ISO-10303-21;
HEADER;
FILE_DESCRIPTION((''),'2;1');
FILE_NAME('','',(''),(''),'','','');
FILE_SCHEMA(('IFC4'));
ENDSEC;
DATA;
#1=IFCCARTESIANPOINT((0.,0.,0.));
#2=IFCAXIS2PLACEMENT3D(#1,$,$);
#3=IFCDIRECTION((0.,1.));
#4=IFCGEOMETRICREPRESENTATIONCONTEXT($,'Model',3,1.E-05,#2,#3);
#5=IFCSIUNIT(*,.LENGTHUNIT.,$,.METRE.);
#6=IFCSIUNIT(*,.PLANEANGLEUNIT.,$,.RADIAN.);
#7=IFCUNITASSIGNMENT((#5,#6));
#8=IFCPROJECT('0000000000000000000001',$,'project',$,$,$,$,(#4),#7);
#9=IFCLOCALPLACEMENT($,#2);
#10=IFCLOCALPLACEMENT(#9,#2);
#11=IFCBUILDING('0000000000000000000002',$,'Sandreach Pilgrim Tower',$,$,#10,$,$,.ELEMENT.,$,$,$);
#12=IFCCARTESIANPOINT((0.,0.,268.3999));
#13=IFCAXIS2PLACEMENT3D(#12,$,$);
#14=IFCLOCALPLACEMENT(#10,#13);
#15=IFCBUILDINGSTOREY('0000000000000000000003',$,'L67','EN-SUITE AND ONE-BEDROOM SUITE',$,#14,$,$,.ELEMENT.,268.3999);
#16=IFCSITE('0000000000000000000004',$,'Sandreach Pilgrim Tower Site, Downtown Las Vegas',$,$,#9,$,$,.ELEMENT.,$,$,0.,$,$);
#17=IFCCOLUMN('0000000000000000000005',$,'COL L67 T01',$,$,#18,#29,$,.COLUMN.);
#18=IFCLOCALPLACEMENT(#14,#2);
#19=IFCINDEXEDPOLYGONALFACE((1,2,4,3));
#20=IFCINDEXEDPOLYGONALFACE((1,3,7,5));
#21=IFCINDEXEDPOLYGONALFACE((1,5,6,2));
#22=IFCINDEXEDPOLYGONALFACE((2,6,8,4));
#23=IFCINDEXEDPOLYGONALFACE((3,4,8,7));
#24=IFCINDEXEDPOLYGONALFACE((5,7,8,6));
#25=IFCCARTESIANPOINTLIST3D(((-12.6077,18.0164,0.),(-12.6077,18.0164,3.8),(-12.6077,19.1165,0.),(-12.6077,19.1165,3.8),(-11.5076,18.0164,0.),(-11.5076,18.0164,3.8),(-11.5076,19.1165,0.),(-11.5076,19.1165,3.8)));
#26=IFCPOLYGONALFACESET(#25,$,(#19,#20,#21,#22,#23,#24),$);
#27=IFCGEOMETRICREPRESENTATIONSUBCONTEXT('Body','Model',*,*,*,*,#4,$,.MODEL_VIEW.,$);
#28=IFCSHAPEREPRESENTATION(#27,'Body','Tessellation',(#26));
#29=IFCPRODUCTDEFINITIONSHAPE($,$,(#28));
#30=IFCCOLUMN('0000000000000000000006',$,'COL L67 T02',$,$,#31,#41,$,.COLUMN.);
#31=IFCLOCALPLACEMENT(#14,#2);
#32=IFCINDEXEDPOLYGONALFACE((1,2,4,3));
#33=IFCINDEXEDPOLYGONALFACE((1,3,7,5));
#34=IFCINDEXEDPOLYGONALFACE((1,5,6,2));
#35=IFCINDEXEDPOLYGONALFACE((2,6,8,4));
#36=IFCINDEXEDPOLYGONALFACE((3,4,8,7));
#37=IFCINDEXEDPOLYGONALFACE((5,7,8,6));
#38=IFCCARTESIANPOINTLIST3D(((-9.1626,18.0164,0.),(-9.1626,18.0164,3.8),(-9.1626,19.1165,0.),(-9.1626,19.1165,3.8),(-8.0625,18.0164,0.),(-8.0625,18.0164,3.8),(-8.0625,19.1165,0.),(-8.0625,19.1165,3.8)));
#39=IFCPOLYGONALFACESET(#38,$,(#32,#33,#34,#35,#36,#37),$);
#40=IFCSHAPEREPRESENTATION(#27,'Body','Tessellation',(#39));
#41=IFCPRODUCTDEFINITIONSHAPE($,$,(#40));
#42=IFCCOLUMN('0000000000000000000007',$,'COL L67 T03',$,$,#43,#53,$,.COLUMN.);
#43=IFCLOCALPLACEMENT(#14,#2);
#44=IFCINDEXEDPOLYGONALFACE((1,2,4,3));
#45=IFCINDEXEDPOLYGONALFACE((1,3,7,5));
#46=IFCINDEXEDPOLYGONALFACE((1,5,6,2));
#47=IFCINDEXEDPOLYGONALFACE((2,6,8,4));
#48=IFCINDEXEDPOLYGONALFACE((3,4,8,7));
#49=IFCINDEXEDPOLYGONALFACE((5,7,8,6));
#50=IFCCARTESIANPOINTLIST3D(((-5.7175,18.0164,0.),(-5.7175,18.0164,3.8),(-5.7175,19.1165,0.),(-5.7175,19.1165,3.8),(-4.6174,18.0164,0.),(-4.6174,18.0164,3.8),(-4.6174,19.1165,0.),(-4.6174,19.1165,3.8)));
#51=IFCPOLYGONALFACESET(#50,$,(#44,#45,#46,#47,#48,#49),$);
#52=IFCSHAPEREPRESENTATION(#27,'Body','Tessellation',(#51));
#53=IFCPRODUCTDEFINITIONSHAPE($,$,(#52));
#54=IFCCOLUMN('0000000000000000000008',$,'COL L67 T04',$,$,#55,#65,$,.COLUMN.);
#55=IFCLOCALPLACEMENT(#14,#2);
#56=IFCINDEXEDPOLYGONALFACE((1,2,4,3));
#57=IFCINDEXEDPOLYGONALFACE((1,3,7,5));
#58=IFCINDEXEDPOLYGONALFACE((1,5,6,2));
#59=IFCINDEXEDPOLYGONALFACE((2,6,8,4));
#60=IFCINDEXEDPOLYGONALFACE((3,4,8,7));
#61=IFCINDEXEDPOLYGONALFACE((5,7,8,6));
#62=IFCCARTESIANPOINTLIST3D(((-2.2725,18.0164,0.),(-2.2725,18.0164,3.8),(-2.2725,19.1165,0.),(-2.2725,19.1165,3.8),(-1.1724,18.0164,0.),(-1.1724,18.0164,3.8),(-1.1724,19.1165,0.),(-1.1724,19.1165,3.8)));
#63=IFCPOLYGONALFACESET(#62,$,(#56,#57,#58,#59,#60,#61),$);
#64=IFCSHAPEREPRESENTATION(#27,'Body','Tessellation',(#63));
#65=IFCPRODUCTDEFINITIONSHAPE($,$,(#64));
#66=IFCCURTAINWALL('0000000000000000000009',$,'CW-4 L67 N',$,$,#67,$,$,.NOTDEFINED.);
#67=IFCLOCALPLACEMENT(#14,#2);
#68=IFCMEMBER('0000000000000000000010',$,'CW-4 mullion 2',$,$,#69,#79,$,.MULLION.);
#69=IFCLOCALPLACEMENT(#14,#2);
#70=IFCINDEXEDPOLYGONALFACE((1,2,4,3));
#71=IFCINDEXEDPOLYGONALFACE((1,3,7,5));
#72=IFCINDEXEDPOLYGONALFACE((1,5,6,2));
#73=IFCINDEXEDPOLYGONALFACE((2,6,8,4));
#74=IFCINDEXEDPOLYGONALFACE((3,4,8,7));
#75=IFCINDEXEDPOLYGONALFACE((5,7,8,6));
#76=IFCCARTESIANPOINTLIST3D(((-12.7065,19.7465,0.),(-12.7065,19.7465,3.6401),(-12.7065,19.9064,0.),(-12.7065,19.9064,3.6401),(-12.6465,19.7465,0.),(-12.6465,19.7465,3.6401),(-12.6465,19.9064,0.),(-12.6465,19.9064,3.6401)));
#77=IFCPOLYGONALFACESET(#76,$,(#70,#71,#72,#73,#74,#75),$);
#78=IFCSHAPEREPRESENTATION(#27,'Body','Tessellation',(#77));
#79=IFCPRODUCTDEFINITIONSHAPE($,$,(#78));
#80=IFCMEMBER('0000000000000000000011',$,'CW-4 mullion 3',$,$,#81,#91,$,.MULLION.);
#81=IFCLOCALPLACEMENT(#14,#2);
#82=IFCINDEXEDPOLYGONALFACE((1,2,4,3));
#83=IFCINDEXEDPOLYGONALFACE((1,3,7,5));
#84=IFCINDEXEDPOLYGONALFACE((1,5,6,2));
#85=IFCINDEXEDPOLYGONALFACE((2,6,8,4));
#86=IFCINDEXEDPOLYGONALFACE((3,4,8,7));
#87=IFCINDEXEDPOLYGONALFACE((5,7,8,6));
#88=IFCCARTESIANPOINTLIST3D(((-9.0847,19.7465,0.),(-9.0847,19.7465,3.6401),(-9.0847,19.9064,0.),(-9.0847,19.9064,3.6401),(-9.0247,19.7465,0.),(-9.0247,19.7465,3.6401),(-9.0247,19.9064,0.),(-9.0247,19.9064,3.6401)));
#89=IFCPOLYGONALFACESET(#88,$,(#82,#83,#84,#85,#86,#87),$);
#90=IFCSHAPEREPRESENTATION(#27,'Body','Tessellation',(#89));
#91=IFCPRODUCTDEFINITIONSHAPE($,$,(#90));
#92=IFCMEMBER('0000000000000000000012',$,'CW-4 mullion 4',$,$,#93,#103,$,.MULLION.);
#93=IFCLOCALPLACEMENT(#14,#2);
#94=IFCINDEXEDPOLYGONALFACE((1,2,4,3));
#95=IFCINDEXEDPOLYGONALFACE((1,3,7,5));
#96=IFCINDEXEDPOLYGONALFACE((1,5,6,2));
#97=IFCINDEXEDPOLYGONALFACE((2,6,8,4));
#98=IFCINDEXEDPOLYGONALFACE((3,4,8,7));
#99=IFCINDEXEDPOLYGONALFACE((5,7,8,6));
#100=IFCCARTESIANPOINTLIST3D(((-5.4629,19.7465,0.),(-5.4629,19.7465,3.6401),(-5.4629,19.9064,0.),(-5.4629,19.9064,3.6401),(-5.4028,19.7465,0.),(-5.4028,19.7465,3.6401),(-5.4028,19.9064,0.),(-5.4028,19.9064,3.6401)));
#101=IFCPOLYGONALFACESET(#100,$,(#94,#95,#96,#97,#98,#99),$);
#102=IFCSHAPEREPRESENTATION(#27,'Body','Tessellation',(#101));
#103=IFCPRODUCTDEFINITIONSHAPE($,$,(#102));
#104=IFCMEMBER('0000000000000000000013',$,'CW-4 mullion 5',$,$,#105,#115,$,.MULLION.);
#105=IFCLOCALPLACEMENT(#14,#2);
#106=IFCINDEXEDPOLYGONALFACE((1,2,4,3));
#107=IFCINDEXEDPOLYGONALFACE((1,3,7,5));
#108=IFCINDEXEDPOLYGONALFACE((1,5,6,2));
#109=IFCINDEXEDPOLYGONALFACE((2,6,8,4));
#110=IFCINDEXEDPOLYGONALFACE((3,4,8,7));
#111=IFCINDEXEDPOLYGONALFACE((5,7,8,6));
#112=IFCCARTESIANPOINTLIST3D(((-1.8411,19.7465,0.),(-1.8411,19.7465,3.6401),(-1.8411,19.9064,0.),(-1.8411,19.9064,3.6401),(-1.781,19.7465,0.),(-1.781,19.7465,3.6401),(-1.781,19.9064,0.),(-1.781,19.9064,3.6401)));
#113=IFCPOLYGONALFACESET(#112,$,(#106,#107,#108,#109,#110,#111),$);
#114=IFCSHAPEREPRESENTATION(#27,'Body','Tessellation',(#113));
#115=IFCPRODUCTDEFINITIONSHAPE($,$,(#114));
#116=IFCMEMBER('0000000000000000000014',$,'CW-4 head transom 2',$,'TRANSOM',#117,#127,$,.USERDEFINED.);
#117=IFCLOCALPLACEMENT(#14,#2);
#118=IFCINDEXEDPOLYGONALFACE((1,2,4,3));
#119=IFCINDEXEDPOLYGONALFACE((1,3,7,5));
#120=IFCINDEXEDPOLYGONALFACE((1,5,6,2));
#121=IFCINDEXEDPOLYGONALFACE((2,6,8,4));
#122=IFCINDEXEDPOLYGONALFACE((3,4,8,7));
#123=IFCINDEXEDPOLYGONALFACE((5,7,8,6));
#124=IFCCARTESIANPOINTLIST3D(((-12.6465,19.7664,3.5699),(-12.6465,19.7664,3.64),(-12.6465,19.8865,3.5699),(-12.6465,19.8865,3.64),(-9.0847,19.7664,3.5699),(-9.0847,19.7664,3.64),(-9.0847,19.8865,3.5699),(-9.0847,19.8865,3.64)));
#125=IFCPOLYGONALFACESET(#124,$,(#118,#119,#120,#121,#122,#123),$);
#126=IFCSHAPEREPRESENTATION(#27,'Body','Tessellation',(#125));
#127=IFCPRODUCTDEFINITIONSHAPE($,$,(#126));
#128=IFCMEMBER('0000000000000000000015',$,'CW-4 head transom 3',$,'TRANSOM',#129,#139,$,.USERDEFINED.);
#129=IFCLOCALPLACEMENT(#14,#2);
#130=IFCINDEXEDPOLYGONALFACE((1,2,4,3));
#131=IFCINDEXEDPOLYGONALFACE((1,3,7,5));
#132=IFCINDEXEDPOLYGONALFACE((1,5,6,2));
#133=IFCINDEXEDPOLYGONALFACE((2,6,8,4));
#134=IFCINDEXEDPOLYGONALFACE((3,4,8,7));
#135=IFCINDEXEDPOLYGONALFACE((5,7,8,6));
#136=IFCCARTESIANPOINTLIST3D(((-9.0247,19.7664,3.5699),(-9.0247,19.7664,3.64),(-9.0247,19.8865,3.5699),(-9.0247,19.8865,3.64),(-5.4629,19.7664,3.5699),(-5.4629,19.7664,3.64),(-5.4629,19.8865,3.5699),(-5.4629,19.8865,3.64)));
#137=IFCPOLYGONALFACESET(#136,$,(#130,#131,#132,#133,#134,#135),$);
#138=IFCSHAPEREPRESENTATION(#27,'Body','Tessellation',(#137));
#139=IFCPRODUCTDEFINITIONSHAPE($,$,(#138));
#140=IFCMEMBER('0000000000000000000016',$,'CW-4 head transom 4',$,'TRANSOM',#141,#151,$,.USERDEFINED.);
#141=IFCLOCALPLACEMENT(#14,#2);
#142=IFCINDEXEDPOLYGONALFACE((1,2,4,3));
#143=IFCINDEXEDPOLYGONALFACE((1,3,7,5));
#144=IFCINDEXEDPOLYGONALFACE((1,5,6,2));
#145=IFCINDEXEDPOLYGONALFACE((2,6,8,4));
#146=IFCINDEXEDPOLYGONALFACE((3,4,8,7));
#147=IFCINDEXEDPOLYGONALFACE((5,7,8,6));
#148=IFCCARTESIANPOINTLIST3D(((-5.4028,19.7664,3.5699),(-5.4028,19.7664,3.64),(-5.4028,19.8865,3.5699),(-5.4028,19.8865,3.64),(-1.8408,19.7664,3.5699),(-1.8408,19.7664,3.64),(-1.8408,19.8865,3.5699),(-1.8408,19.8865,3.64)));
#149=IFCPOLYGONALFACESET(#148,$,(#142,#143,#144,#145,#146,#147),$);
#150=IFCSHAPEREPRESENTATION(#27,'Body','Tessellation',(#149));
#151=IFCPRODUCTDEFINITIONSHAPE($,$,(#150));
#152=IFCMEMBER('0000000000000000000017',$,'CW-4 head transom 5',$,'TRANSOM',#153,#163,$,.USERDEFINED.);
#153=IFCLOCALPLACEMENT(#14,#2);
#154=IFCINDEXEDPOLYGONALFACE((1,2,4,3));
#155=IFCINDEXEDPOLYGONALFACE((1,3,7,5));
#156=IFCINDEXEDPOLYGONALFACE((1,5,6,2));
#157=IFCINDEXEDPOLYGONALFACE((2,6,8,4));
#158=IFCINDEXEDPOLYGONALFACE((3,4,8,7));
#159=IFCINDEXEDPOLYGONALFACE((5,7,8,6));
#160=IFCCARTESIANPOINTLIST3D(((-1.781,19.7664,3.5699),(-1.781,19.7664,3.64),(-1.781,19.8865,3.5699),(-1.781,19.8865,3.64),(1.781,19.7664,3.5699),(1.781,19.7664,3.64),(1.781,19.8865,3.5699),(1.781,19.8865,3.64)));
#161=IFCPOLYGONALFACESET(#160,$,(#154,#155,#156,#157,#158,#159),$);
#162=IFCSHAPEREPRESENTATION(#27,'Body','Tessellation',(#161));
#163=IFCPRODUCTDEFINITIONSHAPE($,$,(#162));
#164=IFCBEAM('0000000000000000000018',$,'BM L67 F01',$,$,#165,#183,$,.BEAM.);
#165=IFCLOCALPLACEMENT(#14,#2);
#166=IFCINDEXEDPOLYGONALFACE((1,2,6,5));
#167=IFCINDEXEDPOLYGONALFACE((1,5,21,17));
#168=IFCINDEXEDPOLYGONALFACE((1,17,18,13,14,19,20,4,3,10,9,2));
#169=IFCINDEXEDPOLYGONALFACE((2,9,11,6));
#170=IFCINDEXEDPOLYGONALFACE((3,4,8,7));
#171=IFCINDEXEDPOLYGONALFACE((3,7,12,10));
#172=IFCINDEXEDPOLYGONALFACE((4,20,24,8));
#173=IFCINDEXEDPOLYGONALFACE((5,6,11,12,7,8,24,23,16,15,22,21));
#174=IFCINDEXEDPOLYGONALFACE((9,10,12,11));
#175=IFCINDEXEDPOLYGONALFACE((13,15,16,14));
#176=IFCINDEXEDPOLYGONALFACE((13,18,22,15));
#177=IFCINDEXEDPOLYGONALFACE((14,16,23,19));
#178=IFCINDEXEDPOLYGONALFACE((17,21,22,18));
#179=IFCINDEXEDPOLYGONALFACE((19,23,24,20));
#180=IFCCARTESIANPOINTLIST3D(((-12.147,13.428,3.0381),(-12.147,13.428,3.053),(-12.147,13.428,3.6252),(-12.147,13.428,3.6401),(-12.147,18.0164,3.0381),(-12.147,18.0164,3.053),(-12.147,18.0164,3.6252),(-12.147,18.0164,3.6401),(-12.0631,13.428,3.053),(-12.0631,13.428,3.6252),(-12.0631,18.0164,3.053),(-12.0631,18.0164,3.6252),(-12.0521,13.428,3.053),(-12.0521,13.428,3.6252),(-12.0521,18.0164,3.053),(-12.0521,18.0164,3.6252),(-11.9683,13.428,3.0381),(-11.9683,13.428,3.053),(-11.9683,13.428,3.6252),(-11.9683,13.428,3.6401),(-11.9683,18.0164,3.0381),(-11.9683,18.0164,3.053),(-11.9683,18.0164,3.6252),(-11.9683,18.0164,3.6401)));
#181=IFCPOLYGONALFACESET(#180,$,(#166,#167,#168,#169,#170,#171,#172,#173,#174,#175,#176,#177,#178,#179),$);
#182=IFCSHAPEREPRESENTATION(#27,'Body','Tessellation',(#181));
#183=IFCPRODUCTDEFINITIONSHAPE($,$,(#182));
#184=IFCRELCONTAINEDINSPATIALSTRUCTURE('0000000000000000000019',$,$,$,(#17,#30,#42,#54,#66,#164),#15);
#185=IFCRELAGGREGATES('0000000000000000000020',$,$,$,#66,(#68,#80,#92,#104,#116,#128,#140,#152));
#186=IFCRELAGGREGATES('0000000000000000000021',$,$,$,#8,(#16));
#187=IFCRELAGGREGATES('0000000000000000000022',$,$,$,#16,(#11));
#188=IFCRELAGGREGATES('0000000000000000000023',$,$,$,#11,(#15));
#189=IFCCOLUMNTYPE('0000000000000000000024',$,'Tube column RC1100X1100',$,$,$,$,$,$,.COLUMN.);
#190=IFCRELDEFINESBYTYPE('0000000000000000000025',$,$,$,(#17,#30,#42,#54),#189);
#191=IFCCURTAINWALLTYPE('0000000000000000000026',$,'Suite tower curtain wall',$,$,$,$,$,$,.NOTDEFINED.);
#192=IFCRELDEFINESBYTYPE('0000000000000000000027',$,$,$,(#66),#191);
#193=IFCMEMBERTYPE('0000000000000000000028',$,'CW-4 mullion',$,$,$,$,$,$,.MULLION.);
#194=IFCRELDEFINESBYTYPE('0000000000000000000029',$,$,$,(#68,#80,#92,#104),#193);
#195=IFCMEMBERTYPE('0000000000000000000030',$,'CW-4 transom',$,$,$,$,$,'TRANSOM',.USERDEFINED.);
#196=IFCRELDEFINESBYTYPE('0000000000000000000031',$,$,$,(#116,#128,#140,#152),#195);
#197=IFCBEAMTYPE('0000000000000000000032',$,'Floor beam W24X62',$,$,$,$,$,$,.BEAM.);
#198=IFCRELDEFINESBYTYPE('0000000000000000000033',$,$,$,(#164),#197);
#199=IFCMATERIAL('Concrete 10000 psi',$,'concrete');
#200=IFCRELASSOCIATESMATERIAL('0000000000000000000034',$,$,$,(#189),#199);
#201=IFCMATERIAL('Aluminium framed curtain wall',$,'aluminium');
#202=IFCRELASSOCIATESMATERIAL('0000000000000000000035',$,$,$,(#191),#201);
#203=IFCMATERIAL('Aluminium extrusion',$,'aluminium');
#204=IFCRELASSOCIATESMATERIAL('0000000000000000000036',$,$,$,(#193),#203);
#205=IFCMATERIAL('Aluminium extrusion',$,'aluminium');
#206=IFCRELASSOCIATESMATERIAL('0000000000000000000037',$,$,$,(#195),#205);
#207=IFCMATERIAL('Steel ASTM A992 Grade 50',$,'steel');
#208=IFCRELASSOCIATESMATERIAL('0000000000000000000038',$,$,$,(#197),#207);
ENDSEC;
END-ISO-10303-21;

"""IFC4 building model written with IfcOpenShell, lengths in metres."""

from ifc_helpers import new_model, si_unit, direction, frame, origin, origin_2d, place, context, subcontext, project, spatial, rectangle, i_section, extrude, material, material_profile, profile_set, type_object, element, aggregate, save


model = new_model("IFC4")

# Units and contexts
model_context = context("Model", 3, precision=1e-05, world=origin(), true_north=direction((0.0, 1.0)))
body_context = subcontext(model_context, "Body", "Model", "MODEL_VIEW")
ifc_project = project(units=[si_unit("LENGTHUNIT", "METRE"), si_unit("PLANEANGLEUNIT", "RADIAN")], contexts=[model_context])

# Site, building, storey
site_placement = place(None, origin())
site = spatial("IfcSite", under=ifc_project, at=site_placement, Name="Sandreach Pilgrim Tower Site, Downtown Las Vegas", CompositionType="ELEMENT", RefElevation=0.0)
building_placement = place(site_placement, origin())
building = spatial("IfcBuilding", under=site, at=building_placement, Name="Sandreach Pilgrim Tower", CompositionType="ELEMENT")
storey_placement = place(building_placement, frame((0.0, 0.0, 268.3999)))
storey = spatial("IfcBuildingStorey", under=building, at=storey_placement, Name="L67", Description="EN-SUITE AND ONE-BEDROOM SUITE", CompositionType="ELEMENT", Elevation=268.3999)

# Columns
ifc_material_1 = material(Name="Concrete 10000 psi", Category="concrete")
ifc_material_profile_1 = material_profile(ifc_material_1, rectangle(XDim=1.1001, YDim=1.1001, at=origin_2d()), Name="RC1100X1100")
ifc_profile_set_1 = profile_set([ifc_material_profile_1], Name="Concrete 10000 psi")
column_type = type_object("IfcColumnType", Name="Tube column RC1100X1100", PredefinedType="COLUMN", material=ifc_profile_set_1)
for number, where, z_axis, x_axis, name in (
    (1, (-12.0576, 18.5664, 0.0), (0.0, 0.0, 1.0), (0.0, 1.0, 0.0), "COL L67 T01"),
    (2, (-8.6125, 18.5664, 0.0), (0.0, 0.0, 1.0), (0.0, 1.0, 0.0), "COL L67 T02"),
    (3, (-5.1675, 18.5664, 0.0), (0.0, 0.0, 1.0), (0.0, 1.0, 0.0), "COL L67 T03"),
    (4, (-1.7224, 18.5664, 0.0), (0.0, 0.0, 1.0), (0.0, 1.0, 0.0), "COL L67 T04"),
):
    element("IfcColumn", number, at=place(storey_placement, frame(where, z_axis=z_axis, x_axis=x_axis)), inside=storey, type_object=column_type, Name=name, PredefinedType="COLUMN", context=body_context, shape_type="SweptSolid", body=[
        extrude(rectangle(XDim=1.1001, YDim=1.1001, at=origin_2d()), origin(), (0.0, 0.0, 1.0), 3.8),
    ])

# Curtain wall, members
ifc_material_2 = material(Name="Aluminium framed curtain wall", Category="aluminium")
curtain_wall_type = type_object("IfcCurtainWallType", Name="Suite tower curtain wall", PredefinedType="NOTDEFINED", material=ifc_material_2)
curtain_wall_placement = place(storey_placement, origin())
curtain_wall = element("IfcCurtainWall", 5, at=curtain_wall_placement, inside=storey, type_object=curtain_wall_type, Name="CW-4 L67 N", PredefinedType="NOTDEFINED")
ifc_material_3 = material(Name="Aluminium extrusion", Category="aluminium")
ifc_material_profile_2 = material_profile(ifc_material_3, rectangle(XDim=0.0601, YDim=0.1599, at=origin_2d()), Name="CW-4M 60X160")
ifc_profile_set_2 = profile_set([ifc_material_profile_2], Name="Aluminium extrusion")
member_type_1 = type_object("IfcMemberType", Name="CW-4 mullion", PredefinedType="MULLION", material=ifc_profile_set_2)
member_1_placement = place(storey_placement, frame((-12.6765, 19.8264, 0.0), z_axis=(0.0, 0.0, 1.0), x_axis=(1.0, 0.0, 0.0)))
member_1 = element("IfcMember", 6, at=member_1_placement, type_object=member_type_1, Name="CW-4 mullion 2", PredefinedType="MULLION", context=body_context, shape_type="SweptSolid", body=[
    extrude(rectangle(XDim=0.0601, YDim=0.1599, at=origin_2d()), origin(), (0.0, 0.0, 1.0), 3.6401),
])
member_2_placement = place(storey_placement, frame((-9.0547, 19.8264, 0.0), z_axis=(0.0, 0.0, 1.0), x_axis=(1.0, 0.0, 0.0)))
member_2 = element("IfcMember", 7, at=member_2_placement, type_object=member_type_1, Name="CW-4 mullion 3", PredefinedType="MULLION", context=body_context, shape_type="SweptSolid", body=[
    extrude(rectangle(XDim=0.0601, YDim=0.1599, at=origin_2d()), origin(), (0.0, 0.0, 1.0), 3.6401),
])
member_3_placement = place(storey_placement, frame((-5.4329, 19.8264, 0.0), z_axis=(0.0, 0.0, 1.0), x_axis=(1.0, 0.0, 0.0)))
member_3 = element("IfcMember", 8, at=member_3_placement, type_object=member_type_1, Name="CW-4 mullion 4", PredefinedType="MULLION", context=body_context, shape_type="SweptSolid", body=[
    extrude(rectangle(XDim=0.0601, YDim=0.1599, at=origin_2d()), origin(), (0.0, 0.0, 1.0), 3.6401),
])
member_4_placement = place(storey_placement, frame((-1.811, 19.8264, 0.0), z_axis=(0.0, 0.0, 1.0), x_axis=(1.0, 0.0, 0.0)))
member_4 = element("IfcMember", 9, at=member_4_placement, type_object=member_type_1, Name="CW-4 mullion 5", PredefinedType="MULLION", context=body_context, shape_type="SweptSolid", body=[
    extrude(rectangle(XDim=0.0601, YDim=0.1599, at=origin_2d()), origin(), (0.0, 0.0, 1.0), 3.6401),
])
ifc_material_4 = material(Name="Aluminium extrusion", Category="aluminium")
ifc_material_profile_3 = material_profile(ifc_material_4, rectangle(XDim=0.1201, YDim=0.0701, at=origin_2d()), Name="CW-4T 120X70")
ifc_profile_set_3 = profile_set([ifc_material_profile_3], Name="Aluminium extrusion")
member_type_2 = type_object("IfcMemberType", Name="CW-4 transom", ElementType="TRANSOM", PredefinedType="USERDEFINED", material=ifc_profile_set_3)
member_5_placement = place(storey_placement, frame((-12.6465, 19.8264, 3.605), z_axis=(1.0, 0.0, 0.0), x_axis=(0.0, 1.0, 0.0)))
member_5 = element("IfcMember", 10, at=member_5_placement, type_object=member_type_2, Name="CW-4 head transom 2", ObjectType="TRANSOM", PredefinedType="USERDEFINED", context=body_context, shape_type="SweptSolid", body=[
    extrude(rectangle(XDim=0.1201, YDim=0.0701, at=origin_2d()), origin(), (0.0, 0.0, 1.0), 3.5618),
])
member_6_placement = place(storey_placement, frame((-9.0247, 19.8264, 3.605), z_axis=(1.0, 0.0, 0.0), x_axis=(0.0, 1.0, 0.0)))
member_6 = element("IfcMember", 11, at=member_6_placement, type_object=member_type_2, Name="CW-4 head transom 3", ObjectType="TRANSOM", PredefinedType="USERDEFINED", context=body_context, shape_type="SweptSolid", body=[
    extrude(rectangle(XDim=0.1201, YDim=0.0701, at=origin_2d()), origin(), (0.0, 0.0, 1.0), 3.5618),
])
member_7_placement = place(storey_placement, frame((-5.4028, 19.8264, 3.605), z_axis=(1.0, 0.0, 0.0), x_axis=(0.0, 1.0, 0.0)))
member_7 = element("IfcMember", 12, at=member_7_placement, type_object=member_type_2, Name="CW-4 head transom 4", ObjectType="TRANSOM", PredefinedType="USERDEFINED", context=body_context, shape_type="SweptSolid", body=[
    extrude(rectangle(XDim=0.1201, YDim=0.0701, at=origin_2d()), origin(), (0.0, 0.0, 1.0), 3.562),
])
member_8_placement = place(storey_placement, frame((-1.781, 19.8264, 3.605), z_axis=(1.0, 0.0, 0.0), x_axis=(0.0, 1.0, 0.0)))
member_8 = element("IfcMember", 13, at=member_8_placement, type_object=member_type_2, Name="CW-4 head transom 5", ObjectType="TRANSOM", PredefinedType="USERDEFINED", context=body_context, shape_type="SweptSolid", body=[
    extrude(rectangle(XDim=0.1201, YDim=0.0701, at=origin_2d()), origin(), (0.0, 0.0, 1.0), 3.562),
])

# Beam
ifc_material_5 = material(Name="Steel ASTM A992 Grade 50", Category="steel")
ifc_material_profile_4 = material_profile(ifc_material_5, i_section(OverallWidth=0.1787, OverallDepth=0.6021, WebThickness=0.011, FlangeThickness=0.0149, at=origin_2d()), Name="W24X62")
ifc_profile_set_4 = profile_set([ifc_material_profile_4], Name="Steel ASTM A992 Grade 50")
beam_type_1 = type_object("IfcBeamType", Name="Floor beam W24X62", PredefinedType="BEAM", material=ifc_profile_set_4)
beam_1_placement = place(storey_placement, frame((-12.0576, 18.0164, 3.3391), z_axis=(0.0, -1.0, 0.0), x_axis=(1.0, 0.0, 0.0)))
element("IfcBeam", 14, at=beam_1_placement, inside=storey, type_object=beam_type_1, Name="BM L67 F01", PredefinedType="BEAM", context=body_context, shape_type="SweptSolid", body=[
    extrude(i_section(OverallWidth=0.1787, OverallDepth=0.6021, WebThickness=0.011, FlangeThickness=0.0149, at=origin_2d()), origin(), (0.0, 0.0, 1.0), 4.5884),
])

aggregate(curtain_wall, [member_1, member_2, member_3, member_4, member_5, member_6, member_7, member_8])

save(model, "model.ifc")
